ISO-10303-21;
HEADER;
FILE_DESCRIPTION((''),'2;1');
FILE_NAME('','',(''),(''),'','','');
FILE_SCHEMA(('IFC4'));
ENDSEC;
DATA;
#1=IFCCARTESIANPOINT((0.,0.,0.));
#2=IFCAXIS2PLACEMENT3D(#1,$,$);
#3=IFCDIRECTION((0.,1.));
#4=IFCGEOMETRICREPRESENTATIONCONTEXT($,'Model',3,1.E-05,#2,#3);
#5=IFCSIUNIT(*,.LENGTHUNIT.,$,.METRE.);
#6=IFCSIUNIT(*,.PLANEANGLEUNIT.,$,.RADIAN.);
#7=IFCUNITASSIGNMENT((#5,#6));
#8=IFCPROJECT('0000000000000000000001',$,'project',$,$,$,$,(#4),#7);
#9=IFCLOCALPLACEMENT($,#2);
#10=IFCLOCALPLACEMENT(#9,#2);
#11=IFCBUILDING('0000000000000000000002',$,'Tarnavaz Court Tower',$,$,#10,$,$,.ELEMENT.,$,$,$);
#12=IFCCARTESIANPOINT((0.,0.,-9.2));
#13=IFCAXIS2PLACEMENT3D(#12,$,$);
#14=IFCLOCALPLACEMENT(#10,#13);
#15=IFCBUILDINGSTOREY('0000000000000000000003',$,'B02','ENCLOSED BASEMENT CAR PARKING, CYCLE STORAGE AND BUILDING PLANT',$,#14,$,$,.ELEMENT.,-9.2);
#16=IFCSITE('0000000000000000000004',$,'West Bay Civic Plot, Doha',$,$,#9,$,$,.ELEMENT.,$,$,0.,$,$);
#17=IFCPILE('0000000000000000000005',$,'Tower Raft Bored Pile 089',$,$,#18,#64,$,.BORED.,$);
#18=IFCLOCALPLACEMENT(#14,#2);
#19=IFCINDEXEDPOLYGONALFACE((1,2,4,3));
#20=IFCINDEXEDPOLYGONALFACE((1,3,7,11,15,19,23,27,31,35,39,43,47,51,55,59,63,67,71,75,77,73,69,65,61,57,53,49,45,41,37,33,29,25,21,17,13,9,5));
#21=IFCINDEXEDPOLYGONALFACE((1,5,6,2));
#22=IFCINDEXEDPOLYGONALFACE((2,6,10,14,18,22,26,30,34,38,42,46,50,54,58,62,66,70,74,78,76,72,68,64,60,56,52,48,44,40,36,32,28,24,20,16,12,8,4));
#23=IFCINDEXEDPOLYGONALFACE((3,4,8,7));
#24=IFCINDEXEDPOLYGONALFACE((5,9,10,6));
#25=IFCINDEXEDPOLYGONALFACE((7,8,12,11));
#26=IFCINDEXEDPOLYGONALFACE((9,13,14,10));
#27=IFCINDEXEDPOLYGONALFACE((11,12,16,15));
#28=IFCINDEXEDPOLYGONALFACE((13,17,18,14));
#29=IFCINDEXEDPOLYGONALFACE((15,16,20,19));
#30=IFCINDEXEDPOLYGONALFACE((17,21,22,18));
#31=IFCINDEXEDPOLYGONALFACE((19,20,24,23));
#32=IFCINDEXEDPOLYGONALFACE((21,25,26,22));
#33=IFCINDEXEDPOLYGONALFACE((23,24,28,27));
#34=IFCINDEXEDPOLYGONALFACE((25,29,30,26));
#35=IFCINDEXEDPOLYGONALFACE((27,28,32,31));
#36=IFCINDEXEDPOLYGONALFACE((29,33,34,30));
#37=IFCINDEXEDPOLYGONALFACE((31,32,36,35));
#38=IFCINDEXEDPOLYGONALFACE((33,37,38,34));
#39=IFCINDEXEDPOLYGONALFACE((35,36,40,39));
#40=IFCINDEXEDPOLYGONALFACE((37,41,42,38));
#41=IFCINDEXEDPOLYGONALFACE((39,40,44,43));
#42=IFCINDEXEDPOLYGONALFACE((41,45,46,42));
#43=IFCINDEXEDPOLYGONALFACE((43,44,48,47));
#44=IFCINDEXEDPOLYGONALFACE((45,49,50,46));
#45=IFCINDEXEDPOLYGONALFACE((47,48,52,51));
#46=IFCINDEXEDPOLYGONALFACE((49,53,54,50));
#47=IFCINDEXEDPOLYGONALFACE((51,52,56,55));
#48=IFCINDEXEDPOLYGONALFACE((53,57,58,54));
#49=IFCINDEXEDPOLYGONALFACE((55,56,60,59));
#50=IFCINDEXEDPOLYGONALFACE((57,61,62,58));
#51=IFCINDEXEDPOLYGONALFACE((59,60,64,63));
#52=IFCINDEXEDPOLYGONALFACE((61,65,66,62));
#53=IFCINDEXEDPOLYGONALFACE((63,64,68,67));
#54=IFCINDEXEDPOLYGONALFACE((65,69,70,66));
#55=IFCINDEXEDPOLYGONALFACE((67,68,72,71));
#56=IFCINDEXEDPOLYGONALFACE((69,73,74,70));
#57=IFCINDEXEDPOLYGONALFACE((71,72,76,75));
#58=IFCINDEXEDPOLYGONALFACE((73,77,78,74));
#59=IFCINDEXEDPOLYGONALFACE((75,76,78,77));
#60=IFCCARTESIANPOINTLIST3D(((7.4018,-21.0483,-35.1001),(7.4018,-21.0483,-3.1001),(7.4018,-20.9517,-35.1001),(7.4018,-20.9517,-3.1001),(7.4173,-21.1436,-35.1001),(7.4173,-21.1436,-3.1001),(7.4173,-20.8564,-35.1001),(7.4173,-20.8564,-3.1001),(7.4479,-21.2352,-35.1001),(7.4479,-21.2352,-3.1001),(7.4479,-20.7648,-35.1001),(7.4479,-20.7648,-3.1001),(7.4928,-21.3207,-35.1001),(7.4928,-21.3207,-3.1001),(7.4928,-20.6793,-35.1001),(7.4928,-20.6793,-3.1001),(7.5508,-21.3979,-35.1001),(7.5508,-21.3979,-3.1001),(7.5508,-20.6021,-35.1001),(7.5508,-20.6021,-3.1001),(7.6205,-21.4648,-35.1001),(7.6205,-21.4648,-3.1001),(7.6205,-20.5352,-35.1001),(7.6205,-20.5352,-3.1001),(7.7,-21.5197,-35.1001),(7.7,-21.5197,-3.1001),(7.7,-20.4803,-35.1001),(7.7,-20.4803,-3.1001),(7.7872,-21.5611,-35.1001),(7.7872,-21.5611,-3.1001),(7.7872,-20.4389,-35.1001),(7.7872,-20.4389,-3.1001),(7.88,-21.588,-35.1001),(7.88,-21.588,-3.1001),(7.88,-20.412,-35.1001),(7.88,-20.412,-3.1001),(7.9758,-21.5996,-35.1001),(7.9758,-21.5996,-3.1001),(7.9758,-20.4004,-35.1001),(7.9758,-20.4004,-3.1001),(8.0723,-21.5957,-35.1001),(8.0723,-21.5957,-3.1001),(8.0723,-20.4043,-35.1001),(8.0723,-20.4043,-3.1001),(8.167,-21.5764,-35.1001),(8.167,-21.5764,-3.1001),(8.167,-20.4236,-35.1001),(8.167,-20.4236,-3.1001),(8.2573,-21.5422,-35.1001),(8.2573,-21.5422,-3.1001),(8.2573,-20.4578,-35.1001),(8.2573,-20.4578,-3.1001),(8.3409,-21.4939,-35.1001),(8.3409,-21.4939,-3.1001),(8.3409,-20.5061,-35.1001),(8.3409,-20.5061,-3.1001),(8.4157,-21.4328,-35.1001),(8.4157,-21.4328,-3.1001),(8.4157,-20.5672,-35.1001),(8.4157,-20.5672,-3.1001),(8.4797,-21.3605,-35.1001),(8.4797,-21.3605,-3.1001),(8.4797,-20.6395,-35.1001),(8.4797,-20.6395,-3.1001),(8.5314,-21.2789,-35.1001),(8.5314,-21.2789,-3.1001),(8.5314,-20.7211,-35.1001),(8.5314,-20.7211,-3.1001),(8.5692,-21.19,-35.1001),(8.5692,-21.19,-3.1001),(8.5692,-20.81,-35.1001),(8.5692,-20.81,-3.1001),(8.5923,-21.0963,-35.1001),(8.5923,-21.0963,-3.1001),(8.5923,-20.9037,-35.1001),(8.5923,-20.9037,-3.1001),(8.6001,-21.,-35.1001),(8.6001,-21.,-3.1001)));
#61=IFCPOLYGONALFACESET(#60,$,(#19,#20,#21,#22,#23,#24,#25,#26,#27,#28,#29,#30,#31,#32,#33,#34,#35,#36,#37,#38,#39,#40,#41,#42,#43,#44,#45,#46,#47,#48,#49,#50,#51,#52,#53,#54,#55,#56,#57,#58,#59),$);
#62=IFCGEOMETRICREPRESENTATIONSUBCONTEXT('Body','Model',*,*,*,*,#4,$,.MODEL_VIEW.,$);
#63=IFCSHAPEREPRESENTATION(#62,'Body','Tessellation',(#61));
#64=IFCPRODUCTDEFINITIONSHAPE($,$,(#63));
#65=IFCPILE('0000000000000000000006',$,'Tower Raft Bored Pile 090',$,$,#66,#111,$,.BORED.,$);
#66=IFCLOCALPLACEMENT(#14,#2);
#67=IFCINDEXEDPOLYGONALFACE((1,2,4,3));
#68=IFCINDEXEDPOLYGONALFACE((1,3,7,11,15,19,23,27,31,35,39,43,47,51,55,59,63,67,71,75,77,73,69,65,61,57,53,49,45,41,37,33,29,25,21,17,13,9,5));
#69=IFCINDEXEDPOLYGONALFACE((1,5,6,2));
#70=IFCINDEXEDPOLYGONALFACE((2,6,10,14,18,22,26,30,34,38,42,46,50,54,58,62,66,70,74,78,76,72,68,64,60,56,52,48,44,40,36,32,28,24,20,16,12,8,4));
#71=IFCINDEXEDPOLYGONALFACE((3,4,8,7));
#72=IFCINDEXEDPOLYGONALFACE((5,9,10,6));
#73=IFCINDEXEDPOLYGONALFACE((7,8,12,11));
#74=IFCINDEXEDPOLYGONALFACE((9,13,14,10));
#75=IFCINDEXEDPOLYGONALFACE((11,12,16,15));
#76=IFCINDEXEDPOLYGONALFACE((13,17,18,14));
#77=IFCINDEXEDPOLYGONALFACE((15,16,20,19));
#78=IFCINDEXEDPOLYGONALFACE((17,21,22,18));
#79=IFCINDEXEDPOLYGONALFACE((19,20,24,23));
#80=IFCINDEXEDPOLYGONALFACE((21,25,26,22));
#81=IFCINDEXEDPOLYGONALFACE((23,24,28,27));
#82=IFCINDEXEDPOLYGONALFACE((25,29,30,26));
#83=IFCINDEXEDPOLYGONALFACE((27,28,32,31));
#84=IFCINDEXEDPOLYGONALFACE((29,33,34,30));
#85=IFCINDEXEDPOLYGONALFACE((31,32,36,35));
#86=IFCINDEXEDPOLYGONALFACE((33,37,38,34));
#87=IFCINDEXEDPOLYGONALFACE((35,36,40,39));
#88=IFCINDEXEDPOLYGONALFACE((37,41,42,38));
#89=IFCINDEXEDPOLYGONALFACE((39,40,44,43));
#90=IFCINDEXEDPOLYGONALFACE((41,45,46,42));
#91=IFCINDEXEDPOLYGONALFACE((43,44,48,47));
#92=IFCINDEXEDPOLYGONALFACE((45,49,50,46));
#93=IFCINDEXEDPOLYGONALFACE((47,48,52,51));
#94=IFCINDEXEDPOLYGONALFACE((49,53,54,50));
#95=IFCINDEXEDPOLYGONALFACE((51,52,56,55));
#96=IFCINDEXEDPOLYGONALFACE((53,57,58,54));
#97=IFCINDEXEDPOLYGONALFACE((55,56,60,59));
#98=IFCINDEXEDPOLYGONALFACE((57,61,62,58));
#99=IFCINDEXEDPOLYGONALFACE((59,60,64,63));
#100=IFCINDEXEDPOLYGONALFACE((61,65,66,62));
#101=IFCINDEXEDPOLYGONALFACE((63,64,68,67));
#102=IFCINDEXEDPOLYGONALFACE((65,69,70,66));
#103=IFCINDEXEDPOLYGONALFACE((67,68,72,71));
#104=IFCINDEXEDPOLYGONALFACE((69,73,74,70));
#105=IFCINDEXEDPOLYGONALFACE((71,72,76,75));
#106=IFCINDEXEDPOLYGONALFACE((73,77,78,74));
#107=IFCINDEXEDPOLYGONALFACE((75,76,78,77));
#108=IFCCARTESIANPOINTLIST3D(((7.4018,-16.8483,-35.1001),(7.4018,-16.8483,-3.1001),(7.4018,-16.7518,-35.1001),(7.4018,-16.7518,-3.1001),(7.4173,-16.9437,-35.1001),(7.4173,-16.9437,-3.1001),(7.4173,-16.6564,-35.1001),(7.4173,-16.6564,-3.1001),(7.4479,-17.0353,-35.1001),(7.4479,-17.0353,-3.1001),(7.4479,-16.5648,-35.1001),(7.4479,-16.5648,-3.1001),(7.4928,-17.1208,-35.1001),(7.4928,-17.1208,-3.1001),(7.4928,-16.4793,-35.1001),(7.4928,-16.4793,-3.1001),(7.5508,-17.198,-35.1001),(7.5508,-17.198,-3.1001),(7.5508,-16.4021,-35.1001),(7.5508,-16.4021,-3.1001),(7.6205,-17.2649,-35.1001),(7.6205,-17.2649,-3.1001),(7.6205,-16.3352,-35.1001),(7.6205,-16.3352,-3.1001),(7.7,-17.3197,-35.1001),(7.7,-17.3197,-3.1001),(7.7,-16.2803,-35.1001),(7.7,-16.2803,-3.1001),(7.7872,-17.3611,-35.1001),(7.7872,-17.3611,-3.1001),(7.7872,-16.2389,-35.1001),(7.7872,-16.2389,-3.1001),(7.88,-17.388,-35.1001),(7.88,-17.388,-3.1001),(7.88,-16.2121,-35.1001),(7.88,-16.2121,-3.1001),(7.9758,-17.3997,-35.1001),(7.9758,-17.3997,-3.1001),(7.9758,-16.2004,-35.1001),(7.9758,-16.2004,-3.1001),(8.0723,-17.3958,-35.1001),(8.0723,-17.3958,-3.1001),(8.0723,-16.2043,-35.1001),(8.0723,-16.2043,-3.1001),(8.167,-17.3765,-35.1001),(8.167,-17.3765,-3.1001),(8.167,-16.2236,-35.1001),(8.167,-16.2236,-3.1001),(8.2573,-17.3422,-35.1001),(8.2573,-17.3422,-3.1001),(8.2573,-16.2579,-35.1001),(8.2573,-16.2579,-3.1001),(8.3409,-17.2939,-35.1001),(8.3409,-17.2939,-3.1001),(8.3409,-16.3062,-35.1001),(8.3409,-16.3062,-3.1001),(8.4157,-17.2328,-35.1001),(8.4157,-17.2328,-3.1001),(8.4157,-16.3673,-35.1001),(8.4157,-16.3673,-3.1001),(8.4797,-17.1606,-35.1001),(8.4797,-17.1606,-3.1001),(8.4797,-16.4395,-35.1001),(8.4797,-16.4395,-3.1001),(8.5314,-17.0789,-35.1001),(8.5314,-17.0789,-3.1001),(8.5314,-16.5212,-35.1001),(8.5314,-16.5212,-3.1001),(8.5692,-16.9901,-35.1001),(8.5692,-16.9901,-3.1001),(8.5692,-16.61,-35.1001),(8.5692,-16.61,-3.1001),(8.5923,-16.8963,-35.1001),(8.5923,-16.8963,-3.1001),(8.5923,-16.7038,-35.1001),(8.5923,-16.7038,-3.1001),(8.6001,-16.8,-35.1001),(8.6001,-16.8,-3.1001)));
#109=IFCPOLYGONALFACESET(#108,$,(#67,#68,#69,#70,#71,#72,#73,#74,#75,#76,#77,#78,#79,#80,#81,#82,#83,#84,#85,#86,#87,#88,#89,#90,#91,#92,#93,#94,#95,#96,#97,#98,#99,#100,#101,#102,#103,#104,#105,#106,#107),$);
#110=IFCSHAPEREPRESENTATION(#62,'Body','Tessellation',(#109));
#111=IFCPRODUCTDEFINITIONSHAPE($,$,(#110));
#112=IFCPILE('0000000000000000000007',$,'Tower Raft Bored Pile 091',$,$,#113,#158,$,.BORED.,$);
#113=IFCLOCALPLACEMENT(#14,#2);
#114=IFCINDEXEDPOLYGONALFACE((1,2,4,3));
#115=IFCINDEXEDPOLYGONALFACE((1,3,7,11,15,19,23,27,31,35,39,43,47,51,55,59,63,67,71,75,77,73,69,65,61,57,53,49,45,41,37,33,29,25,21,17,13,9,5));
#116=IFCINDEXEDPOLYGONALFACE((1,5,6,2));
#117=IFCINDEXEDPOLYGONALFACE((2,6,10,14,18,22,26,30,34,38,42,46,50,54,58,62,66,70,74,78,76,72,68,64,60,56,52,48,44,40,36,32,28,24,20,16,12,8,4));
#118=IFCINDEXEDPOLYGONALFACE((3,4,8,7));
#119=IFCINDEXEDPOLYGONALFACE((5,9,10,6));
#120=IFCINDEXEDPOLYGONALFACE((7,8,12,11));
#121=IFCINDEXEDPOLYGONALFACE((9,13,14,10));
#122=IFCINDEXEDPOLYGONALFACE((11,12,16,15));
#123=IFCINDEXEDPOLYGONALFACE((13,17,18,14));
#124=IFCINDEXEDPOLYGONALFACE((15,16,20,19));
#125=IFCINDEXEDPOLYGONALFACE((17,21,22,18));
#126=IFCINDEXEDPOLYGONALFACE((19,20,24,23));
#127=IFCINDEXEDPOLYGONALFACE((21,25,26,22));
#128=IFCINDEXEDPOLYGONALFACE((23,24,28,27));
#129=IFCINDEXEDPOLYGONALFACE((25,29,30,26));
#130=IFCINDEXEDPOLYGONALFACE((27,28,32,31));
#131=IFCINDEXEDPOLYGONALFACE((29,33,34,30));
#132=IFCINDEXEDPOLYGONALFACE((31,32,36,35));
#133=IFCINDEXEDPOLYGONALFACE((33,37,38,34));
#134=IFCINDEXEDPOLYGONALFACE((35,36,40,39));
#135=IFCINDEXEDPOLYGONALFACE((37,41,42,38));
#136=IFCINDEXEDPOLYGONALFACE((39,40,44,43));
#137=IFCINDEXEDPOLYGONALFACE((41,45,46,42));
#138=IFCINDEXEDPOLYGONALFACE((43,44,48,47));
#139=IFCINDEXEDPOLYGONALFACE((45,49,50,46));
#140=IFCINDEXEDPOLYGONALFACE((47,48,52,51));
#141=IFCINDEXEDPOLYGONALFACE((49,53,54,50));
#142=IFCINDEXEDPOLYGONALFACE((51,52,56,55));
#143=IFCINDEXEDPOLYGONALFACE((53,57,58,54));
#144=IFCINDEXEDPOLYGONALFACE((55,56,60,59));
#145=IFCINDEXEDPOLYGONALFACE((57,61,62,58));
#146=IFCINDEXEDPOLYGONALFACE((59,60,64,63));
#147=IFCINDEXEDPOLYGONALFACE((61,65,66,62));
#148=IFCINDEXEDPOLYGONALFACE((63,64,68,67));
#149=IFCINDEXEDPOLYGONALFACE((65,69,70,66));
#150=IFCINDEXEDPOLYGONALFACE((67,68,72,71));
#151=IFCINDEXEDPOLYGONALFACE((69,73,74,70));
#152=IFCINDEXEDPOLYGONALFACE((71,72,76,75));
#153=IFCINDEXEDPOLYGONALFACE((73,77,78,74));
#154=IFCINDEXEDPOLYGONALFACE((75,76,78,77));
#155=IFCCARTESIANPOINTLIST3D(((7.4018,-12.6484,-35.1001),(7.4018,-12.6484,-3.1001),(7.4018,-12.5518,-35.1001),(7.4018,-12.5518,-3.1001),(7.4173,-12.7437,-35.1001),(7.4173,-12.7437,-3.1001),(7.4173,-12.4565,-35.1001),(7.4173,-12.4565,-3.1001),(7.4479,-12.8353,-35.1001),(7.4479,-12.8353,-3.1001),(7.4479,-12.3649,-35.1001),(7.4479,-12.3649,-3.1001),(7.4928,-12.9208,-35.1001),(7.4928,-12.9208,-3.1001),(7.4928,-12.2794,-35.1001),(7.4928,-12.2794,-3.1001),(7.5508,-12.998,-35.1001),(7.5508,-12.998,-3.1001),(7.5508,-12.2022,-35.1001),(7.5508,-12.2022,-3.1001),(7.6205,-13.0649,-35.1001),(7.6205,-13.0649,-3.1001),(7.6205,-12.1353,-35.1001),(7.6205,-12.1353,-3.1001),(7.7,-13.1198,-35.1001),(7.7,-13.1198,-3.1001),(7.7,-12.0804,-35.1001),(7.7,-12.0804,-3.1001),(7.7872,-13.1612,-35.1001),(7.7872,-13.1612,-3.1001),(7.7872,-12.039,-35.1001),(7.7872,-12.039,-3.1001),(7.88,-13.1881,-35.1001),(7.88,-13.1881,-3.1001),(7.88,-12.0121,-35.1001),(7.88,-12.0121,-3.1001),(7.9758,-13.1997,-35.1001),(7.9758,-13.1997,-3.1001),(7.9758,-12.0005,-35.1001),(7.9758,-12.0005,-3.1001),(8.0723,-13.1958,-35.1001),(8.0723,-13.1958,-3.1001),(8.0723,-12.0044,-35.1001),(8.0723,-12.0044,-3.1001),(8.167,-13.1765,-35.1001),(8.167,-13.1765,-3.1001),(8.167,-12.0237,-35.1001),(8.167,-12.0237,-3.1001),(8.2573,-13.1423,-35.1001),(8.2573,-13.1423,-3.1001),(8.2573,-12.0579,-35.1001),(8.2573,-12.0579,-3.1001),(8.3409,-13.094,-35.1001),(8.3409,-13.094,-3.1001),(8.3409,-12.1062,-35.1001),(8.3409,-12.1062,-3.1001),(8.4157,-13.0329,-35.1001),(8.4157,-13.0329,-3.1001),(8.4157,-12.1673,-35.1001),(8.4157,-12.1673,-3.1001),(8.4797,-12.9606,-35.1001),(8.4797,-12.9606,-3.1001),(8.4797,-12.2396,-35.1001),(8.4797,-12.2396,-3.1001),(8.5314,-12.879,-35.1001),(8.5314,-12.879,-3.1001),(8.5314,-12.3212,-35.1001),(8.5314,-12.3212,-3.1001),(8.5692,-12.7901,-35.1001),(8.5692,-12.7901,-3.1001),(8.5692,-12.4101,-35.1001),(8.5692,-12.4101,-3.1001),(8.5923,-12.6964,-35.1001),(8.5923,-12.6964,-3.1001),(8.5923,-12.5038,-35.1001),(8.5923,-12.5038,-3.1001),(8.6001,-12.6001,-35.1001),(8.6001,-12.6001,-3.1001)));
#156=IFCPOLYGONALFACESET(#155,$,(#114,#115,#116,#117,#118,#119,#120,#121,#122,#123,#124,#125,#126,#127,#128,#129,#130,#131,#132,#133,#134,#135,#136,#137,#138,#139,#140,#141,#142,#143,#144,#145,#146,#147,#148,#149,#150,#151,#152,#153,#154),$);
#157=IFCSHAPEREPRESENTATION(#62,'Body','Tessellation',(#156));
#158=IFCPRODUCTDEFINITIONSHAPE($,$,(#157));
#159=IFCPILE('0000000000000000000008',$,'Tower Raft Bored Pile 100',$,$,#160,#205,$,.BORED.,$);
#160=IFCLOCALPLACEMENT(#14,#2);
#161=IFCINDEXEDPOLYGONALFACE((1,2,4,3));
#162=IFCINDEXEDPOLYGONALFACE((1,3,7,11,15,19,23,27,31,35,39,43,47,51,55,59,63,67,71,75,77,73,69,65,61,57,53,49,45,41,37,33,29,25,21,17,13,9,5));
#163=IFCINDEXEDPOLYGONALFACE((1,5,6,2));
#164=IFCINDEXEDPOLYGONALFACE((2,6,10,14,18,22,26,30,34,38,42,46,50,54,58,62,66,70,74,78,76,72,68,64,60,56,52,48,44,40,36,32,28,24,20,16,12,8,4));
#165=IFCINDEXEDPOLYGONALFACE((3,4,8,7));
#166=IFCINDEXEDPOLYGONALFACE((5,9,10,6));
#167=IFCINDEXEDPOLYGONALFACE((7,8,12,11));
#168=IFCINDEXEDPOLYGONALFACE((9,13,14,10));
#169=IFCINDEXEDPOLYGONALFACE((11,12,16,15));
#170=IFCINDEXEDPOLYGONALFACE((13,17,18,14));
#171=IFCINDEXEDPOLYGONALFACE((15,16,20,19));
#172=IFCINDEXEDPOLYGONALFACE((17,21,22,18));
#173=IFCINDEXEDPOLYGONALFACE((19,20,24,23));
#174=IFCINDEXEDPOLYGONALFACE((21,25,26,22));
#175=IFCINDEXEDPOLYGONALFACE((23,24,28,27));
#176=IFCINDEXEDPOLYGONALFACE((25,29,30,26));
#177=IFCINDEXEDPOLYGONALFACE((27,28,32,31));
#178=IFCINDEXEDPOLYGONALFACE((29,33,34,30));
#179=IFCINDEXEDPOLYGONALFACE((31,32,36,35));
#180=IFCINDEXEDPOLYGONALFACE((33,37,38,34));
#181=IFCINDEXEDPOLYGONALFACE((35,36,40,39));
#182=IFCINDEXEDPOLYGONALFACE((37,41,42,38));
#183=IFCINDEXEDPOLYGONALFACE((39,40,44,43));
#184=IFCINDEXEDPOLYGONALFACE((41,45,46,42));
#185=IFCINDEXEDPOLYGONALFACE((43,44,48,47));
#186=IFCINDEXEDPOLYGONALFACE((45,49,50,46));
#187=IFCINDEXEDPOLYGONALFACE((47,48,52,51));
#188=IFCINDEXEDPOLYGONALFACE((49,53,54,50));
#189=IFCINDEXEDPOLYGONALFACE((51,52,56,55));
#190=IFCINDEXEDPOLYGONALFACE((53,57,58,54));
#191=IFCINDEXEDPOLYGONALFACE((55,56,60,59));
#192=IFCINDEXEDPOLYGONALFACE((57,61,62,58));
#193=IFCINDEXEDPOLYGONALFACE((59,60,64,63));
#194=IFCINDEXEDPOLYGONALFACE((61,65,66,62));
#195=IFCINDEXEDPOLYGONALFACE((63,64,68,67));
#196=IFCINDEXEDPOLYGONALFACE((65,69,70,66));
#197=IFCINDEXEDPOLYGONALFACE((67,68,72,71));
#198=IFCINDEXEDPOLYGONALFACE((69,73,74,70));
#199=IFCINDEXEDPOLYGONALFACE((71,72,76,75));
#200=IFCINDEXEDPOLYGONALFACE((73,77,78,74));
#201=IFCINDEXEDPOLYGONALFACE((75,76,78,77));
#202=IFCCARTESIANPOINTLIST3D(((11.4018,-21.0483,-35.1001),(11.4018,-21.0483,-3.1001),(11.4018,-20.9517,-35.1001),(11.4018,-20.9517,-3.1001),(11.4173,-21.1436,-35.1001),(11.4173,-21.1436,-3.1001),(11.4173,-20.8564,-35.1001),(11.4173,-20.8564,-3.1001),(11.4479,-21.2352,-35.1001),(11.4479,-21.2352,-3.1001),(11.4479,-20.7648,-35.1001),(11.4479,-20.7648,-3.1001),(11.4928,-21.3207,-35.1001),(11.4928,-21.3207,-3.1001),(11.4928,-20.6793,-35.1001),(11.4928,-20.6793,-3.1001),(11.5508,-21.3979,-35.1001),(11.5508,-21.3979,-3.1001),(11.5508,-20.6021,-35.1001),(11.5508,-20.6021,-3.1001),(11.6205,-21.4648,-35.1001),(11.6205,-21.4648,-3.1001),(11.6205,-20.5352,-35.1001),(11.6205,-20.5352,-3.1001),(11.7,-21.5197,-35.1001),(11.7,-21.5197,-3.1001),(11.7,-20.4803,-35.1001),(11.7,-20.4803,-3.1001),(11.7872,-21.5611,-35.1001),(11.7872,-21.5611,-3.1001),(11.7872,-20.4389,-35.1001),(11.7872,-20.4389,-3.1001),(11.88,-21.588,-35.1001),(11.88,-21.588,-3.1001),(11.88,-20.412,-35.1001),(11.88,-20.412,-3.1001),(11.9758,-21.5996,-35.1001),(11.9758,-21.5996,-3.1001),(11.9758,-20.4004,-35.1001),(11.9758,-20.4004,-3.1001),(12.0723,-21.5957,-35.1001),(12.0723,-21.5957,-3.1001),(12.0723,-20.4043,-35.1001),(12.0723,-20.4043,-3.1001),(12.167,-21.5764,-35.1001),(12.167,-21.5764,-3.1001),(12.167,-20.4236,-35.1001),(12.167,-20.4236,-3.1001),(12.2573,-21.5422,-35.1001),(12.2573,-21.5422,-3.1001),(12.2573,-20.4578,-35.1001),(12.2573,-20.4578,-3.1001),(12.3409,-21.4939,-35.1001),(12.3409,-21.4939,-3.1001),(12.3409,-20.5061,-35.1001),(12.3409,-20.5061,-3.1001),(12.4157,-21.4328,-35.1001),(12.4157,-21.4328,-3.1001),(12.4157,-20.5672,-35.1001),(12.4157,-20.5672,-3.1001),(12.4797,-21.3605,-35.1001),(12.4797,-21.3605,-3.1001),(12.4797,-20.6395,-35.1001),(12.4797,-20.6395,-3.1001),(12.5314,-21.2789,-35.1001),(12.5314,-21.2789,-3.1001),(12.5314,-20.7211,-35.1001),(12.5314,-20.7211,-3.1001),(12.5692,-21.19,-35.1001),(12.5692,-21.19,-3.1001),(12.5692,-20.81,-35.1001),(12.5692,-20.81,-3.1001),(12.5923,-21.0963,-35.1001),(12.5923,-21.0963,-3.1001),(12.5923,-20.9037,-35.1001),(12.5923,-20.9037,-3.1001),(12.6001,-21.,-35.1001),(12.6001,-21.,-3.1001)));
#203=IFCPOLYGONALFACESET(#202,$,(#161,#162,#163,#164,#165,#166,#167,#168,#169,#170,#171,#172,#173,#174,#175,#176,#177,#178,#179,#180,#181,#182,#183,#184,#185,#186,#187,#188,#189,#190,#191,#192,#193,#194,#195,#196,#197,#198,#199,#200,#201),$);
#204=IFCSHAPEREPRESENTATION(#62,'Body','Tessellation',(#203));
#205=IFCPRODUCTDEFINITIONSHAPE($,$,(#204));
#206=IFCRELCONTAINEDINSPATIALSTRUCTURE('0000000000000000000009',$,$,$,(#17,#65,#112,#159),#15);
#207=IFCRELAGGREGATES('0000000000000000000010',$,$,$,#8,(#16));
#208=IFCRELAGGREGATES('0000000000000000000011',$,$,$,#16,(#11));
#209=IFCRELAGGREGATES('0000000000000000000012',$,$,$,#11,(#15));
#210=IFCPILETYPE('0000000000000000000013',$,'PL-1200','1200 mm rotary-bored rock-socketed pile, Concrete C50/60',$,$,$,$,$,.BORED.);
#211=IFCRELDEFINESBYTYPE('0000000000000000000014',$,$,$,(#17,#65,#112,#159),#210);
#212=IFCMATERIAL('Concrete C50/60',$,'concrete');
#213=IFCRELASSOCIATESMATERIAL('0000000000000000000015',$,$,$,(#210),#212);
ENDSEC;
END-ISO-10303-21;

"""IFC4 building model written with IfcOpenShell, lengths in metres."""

from ifc_helpers import new_model, si_unit, direction, frame, origin, origin_2d, place, context, subcontext, project, spatial, circle, extrude, material, material_profile, profile_set, type_object, element, save


model = new_model("IFC4")

# Units and contexts
model_context = context("Model", 3, precision=1e-05, world=origin(), true_north=direction((0.0, 1.0)))
body_context = subcontext(model_context, "Body", "Model", "MODEL_VIEW")
ifc_project = project(units=[si_unit("LENGTHUNIT", "METRE"), si_unit("PLANEANGLEUNIT", "RADIAN")], contexts=[model_context])

# Site, building, storey
site_placement = place(None, origin())
site = spatial("IfcSite", under=ifc_project, at=site_placement, Name="West Bay Civic Plot, Doha", CompositionType="ELEMENT", RefElevation=0.0)
building_placement = place(site_placement, origin())
building = spatial("IfcBuilding", under=site, at=building_placement, Name="Tarnavaz Court Tower", CompositionType="ELEMENT")
storey_placement = place(building_placement, frame((0.0, 0.0, -9.2)))
storey = spatial("IfcBuildingStorey", under=building, at=storey_placement, Name="B02", Description="ENCLOSED BASEMENT CAR PARKING, CYCLE STORAGE AND BUILDING PLANT", CompositionType="ELEMENT", Elevation=-9.2)

# Shared definitions
ifc_material_1 = material(Name="Concrete C50/60", Category="concrete")

# Piles
ifc_material_profile_1 = material_profile(ifc_material_1, circle(Radius=0.6001, at=origin_2d()), Name="PILE D1200")
ifc_profile_set_1 = profile_set([ifc_material_profile_1], Name="Concrete C50/60")
pile_type_1 = type_object("IfcPileType", Name="PL-1200", Description="1200 mm rotary-bored rock-socketed pile, Concrete C50/60", PredefinedType="BORED", material=ifc_profile_set_1)
for number, where, z_axis, x_axis, name in (
    (1, (8.0, -21.0, -3.1001), (0.0, 0.0, -1.0), (1.0, 0.0, 0.0), "Tower Raft Bored Pile 089"),
    (2, (8.0, -16.8, -3.1001), (0.0, 0.0, -1.0), (1.0, 0.0, 0.0), "Tower Raft Bored Pile 090"),
    (3, (8.0, -12.6001, -3.1001), (0.0, 0.0, -1.0), (1.0, 0.0, 0.0), "Tower Raft Bored Pile 091"),
    (4, (12.0, -21.0, -3.1001), (0.0, 0.0, -1.0), (1.0, 0.0, 0.0), "Tower Raft Bored Pile 100"),
):
    element("IfcPile", number, at=place(storey_placement, frame(where, z_axis=z_axis, x_axis=x_axis)), inside=storey, type_object=pile_type_1, Name=name, PredefinedType="BORED", context=body_context, shape_type="SweptSolid", body=[
        extrude(circle(Radius=0.6001, at=origin_2d()), origin(), (0.0, 0.0, 1.0), 32.0),
    ])

save(model, "model.ifc")
